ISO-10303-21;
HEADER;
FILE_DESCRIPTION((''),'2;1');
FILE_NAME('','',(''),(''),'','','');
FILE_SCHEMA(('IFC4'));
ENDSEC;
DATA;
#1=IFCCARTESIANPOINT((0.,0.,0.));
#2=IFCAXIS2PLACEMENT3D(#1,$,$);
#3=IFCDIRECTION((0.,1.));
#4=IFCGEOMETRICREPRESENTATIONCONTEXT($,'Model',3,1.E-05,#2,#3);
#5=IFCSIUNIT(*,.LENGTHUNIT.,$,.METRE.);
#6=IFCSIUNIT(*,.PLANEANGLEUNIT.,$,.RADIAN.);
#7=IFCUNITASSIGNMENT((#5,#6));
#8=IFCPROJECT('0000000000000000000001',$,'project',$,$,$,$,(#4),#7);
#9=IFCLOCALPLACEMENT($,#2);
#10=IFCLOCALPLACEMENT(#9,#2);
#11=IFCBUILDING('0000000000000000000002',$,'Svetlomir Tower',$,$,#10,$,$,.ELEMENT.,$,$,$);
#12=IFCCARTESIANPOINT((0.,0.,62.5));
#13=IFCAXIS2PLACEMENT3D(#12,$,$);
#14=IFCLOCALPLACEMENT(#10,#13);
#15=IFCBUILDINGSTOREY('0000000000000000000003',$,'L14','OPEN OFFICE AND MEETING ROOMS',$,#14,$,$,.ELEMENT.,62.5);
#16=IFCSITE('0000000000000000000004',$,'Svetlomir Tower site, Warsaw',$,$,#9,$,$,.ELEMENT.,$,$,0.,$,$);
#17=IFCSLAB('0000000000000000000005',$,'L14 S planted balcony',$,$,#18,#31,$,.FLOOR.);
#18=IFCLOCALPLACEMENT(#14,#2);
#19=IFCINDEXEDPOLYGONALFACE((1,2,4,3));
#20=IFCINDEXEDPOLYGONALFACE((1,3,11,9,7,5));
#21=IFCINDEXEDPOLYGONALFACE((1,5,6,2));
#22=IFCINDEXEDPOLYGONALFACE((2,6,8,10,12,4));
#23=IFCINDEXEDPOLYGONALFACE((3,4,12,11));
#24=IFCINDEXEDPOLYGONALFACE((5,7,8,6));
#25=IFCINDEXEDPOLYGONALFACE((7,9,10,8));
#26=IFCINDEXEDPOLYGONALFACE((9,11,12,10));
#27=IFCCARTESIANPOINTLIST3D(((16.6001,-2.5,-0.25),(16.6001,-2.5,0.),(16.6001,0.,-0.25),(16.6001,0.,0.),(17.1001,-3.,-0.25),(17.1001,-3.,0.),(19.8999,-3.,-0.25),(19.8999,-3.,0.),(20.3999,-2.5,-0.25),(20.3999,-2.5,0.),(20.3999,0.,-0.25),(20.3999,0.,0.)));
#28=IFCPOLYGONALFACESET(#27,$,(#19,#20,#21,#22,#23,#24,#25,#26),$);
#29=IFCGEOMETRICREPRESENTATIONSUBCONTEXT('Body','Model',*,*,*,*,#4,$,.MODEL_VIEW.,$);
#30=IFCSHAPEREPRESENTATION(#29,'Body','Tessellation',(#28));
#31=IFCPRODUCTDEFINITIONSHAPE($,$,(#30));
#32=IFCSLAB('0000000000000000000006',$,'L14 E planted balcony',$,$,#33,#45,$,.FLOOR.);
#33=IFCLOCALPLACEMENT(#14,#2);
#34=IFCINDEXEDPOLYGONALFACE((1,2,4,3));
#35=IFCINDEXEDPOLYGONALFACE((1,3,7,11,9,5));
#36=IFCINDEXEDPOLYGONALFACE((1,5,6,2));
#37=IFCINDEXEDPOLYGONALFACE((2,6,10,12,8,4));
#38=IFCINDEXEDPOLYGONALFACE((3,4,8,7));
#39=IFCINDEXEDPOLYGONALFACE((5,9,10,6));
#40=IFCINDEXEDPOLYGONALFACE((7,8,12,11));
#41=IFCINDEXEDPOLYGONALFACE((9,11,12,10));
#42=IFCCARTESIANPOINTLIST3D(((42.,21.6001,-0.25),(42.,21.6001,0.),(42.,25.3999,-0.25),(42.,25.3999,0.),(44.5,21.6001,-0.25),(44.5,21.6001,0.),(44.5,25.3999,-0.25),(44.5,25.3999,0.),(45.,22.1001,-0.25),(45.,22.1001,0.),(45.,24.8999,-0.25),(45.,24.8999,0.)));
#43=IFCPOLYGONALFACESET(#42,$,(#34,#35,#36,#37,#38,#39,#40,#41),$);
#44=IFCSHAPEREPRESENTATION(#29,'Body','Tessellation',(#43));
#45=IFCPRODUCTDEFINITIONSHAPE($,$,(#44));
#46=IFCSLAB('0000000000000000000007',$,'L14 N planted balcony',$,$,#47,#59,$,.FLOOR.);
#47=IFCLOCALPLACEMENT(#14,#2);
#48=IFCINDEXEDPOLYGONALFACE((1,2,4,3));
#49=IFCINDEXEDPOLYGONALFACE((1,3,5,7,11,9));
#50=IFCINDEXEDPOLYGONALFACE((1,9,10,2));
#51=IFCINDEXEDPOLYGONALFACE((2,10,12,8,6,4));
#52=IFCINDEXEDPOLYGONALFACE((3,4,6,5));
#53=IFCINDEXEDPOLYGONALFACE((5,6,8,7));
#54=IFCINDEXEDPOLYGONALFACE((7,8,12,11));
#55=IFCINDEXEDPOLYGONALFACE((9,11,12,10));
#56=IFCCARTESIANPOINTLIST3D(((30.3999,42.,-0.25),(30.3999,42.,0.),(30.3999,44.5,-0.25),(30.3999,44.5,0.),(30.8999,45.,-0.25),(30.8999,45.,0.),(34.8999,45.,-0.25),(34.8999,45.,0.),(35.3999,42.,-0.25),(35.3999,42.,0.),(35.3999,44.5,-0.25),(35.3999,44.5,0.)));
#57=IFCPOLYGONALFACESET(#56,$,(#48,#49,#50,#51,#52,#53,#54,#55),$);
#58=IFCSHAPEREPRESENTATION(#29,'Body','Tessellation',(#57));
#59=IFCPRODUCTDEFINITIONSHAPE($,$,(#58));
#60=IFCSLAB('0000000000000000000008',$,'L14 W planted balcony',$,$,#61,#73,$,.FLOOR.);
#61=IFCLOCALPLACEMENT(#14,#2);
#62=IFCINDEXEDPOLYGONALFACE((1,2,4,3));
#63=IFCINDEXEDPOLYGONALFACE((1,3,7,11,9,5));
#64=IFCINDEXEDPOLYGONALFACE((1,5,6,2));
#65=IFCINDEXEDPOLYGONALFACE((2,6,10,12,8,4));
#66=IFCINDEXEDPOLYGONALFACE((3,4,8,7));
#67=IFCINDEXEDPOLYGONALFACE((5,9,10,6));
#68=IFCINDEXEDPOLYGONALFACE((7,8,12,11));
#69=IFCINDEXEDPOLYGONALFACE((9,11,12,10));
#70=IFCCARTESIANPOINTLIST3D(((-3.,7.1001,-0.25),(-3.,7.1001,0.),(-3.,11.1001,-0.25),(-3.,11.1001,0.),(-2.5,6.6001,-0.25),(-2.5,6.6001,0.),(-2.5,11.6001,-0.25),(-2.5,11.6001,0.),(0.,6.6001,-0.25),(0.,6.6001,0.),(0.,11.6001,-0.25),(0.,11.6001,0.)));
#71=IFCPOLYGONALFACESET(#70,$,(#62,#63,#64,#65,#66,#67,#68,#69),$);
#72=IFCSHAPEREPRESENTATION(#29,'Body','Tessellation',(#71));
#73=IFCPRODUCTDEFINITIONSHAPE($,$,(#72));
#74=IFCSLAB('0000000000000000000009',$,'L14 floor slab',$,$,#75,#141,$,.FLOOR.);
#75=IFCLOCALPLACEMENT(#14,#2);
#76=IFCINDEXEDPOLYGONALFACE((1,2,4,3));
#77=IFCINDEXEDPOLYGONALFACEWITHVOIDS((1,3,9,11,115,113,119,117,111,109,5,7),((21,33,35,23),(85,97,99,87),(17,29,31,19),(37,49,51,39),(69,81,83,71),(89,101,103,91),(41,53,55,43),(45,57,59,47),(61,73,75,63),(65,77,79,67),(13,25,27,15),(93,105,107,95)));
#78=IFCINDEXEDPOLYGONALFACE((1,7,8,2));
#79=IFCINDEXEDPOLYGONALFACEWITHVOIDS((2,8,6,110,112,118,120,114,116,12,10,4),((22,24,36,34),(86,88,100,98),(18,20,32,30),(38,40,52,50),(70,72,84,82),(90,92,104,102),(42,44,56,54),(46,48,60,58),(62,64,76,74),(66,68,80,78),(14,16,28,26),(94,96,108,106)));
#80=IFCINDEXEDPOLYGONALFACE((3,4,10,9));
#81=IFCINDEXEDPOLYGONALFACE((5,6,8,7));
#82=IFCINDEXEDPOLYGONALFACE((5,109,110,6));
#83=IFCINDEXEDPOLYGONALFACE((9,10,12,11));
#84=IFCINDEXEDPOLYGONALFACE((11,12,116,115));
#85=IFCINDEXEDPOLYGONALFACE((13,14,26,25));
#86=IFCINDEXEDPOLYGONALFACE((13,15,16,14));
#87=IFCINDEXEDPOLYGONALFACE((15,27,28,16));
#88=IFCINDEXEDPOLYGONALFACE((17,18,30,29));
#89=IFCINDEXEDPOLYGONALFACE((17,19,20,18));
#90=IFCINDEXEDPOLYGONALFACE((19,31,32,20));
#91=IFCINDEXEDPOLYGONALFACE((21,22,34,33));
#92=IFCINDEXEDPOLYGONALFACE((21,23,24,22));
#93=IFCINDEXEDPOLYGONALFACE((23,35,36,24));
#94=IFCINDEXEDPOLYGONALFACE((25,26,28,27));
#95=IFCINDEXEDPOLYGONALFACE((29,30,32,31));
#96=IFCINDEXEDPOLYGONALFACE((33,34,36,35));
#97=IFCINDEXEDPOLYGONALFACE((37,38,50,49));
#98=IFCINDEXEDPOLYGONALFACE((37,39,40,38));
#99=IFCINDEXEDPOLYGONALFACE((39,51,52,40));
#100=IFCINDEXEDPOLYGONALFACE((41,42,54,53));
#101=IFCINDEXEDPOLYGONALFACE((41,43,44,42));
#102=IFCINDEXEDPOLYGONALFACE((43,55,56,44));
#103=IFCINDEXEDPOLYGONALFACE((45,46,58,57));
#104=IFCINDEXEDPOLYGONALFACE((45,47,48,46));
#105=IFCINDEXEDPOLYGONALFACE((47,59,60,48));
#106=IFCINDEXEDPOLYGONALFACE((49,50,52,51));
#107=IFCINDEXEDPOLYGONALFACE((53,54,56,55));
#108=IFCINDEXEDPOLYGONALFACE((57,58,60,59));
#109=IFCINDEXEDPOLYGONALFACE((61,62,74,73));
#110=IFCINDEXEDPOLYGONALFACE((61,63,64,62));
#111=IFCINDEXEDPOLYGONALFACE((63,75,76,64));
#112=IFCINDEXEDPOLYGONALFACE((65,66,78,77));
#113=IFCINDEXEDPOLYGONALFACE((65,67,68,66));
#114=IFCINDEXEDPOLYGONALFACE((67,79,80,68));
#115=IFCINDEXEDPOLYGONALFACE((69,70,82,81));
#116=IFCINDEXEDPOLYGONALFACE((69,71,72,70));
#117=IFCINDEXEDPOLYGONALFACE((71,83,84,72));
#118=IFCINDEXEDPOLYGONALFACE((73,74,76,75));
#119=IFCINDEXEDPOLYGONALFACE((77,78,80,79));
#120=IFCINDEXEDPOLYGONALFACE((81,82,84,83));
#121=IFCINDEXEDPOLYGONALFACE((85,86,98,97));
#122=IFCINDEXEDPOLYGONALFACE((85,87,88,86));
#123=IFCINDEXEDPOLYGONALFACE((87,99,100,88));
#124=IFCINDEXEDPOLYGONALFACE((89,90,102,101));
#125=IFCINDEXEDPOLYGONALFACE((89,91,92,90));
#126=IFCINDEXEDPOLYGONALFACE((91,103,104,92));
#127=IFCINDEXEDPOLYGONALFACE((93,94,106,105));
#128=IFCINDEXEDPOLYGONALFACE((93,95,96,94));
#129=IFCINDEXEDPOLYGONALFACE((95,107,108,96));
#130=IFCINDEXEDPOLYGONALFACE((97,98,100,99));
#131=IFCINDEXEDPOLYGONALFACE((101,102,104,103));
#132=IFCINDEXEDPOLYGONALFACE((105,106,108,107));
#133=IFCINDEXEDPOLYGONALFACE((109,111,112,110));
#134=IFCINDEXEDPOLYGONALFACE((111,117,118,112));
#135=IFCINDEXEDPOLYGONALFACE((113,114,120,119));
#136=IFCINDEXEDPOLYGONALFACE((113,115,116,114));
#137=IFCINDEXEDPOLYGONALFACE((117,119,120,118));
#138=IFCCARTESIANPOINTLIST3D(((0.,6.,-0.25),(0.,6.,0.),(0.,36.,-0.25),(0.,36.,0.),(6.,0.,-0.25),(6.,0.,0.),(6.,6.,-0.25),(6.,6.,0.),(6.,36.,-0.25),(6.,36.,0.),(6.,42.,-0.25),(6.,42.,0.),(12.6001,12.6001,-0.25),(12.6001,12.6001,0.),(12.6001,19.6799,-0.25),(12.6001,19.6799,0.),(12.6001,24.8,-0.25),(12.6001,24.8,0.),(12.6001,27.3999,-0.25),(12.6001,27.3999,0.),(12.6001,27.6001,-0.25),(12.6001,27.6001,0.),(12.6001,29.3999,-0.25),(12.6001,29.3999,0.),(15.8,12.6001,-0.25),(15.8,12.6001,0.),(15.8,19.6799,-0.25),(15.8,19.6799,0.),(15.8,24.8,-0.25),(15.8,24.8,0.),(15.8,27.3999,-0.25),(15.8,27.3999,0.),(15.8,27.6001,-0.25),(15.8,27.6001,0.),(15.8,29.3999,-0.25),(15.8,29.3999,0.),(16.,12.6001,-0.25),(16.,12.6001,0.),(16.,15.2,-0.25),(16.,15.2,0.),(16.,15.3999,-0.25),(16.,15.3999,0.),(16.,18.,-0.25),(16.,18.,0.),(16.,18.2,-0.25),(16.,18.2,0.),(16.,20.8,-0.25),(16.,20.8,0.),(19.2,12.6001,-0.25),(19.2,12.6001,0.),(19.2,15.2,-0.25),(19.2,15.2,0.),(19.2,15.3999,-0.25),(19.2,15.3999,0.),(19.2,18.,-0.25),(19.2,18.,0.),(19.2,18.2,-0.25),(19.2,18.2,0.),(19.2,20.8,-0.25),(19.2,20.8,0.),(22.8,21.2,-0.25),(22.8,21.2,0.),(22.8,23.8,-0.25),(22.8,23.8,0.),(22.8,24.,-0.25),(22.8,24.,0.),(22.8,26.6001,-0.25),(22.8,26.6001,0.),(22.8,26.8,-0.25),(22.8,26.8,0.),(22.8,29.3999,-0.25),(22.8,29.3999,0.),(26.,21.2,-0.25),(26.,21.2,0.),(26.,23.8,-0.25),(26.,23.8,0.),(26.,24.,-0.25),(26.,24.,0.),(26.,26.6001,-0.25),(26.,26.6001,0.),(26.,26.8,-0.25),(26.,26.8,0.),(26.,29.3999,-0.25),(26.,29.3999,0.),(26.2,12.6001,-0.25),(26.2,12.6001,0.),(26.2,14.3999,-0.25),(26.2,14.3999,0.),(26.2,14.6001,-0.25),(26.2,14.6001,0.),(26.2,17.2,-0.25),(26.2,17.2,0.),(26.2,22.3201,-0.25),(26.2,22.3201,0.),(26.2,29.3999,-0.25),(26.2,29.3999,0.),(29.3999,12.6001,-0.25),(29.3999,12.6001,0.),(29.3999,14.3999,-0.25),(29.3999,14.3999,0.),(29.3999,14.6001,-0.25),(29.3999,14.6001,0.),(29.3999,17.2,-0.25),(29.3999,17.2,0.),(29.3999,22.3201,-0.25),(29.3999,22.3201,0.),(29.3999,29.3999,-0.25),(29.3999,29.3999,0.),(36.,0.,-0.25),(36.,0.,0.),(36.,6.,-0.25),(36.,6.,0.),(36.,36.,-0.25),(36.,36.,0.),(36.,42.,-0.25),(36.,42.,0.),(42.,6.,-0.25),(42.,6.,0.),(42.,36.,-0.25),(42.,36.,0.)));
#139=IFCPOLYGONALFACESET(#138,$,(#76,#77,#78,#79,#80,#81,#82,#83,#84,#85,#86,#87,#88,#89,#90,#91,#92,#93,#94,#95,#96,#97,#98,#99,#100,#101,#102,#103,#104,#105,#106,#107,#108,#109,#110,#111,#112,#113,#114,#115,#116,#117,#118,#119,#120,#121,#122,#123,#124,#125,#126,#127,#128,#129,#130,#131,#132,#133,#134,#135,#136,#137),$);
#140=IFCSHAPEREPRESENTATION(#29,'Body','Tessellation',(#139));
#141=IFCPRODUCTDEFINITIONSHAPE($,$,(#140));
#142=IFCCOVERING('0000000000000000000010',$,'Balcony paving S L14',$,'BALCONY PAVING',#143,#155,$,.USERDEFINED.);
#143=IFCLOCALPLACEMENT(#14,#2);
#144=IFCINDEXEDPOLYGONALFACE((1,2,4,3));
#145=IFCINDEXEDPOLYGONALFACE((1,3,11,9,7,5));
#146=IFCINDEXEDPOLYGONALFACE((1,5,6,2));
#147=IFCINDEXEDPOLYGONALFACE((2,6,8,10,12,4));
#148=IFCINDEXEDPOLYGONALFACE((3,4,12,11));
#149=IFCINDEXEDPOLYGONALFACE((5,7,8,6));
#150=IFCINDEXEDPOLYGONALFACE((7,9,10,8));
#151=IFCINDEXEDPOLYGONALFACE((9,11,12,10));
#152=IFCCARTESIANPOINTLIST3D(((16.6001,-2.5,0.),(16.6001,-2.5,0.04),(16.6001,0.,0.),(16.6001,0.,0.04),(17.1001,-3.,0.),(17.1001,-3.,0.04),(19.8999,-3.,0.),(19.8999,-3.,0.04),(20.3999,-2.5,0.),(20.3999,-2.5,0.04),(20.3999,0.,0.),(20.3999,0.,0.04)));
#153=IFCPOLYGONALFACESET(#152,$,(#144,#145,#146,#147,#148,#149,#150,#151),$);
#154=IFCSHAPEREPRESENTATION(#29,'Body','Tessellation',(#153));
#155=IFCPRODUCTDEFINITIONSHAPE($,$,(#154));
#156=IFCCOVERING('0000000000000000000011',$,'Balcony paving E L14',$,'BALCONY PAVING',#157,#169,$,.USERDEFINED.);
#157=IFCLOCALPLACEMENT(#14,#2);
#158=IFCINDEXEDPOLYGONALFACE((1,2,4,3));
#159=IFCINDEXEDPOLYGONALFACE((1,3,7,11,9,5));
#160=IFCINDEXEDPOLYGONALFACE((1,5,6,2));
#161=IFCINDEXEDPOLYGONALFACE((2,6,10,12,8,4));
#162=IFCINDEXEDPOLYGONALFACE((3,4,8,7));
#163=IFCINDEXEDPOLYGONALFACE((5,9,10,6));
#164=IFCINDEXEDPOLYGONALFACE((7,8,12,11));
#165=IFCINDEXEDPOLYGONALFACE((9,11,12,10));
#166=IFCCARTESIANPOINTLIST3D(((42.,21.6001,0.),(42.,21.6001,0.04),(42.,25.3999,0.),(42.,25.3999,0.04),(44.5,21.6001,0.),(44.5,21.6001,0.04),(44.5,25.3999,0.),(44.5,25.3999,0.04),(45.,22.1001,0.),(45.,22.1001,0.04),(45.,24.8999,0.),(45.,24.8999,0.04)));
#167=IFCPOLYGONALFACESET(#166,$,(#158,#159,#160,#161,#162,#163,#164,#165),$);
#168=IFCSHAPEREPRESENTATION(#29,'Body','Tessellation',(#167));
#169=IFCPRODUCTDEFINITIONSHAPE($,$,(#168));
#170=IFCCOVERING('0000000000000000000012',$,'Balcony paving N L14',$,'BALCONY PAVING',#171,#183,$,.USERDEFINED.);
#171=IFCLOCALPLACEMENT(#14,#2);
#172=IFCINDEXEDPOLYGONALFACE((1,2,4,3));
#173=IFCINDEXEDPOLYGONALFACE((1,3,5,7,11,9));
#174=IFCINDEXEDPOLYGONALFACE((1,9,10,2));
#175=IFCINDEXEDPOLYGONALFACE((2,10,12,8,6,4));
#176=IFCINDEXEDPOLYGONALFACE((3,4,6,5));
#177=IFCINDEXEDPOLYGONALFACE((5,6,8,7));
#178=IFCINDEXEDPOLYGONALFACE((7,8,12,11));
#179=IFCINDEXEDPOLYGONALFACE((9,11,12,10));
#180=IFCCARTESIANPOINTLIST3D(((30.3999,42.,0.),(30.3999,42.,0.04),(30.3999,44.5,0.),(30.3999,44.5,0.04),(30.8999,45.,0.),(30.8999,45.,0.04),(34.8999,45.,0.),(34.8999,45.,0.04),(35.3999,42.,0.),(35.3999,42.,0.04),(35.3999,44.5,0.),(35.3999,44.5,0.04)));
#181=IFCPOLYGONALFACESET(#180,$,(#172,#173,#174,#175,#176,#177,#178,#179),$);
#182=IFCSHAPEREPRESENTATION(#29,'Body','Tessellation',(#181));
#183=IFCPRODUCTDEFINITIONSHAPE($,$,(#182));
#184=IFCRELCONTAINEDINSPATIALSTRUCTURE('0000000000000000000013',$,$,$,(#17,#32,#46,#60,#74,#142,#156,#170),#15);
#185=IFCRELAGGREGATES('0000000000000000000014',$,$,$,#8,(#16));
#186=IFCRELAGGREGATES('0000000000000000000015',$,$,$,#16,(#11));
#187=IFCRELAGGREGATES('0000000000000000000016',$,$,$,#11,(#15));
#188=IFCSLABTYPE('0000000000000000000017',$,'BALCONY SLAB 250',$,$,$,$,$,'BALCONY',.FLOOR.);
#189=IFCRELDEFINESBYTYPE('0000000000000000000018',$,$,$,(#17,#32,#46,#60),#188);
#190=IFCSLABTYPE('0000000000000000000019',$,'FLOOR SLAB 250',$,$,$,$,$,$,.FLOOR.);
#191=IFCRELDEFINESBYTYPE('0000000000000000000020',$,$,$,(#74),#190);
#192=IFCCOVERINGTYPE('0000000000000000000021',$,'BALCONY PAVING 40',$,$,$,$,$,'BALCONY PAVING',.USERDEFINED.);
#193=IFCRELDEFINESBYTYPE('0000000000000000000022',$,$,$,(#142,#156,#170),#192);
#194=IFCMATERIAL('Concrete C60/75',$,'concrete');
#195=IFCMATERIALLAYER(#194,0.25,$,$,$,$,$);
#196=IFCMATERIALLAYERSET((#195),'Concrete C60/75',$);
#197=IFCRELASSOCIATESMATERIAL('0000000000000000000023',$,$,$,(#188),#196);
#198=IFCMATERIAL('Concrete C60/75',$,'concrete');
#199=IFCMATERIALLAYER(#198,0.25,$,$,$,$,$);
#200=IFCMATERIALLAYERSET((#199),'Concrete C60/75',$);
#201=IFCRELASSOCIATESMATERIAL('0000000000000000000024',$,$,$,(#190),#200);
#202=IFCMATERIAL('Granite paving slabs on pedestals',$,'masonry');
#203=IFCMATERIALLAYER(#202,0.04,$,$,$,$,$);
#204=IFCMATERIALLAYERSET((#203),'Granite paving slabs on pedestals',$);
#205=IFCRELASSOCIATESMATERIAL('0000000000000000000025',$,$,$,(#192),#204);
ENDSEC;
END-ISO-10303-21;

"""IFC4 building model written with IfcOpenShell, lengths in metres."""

from ifc_helpers import new_model, si_unit, direction, frame, origin, place, context, subcontext, project, spatial, polyline, outline, extrude, material, layer, layer_set, type_object, element, save


model = new_model("IFC4")

# Units and contexts
model_context = context("Model", 3, precision=1e-05, world=origin(), true_north=direction((0.0, 1.0)))
body_context = subcontext(model_context, "Body", "Model", "MODEL_VIEW")
ifc_project = project(units=[si_unit("LENGTHUNIT", "METRE"), si_unit("PLANEANGLEUNIT", "RADIAN")], contexts=[model_context])

# Site, building, storey
site_placement = place(None, origin())
site = spatial("IfcSite", under=ifc_project, at=site_placement, Name="Svetlomir Tower site, Warsaw", CompositionType="ELEMENT", RefElevation=0.0)
building_placement = place(site_placement, origin())
building = spatial("IfcBuilding", under=site, at=building_placement, Name="Svetlomir Tower", CompositionType="ELEMENT")
storey_placement = place(building_placement, frame((0.0, 0.0, 62.5)))
storey = spatial("IfcBuildingStorey", under=building, at=storey_placement, Name="L14", Description="OPEN OFFICE AND MEETING ROOMS", CompositionType="ELEMENT", Elevation=62.5)

# Slabs
ifc_material_1 = material(Name="Concrete C60/75", Category="concrete")
ifc_layer_1 = layer(ifc_material_1, 0.25)
ifc_layer_set_1 = layer_set([ifc_layer_1], Name="Concrete C60/75")
slab_type_1 = type_object("IfcSlabType", Name="BALCONY SLAB 250", ElementType="BALCONY", PredefinedType="FLOOR", material=ifc_layer_set_1)
slab_1_placement = place(storey_placement, frame((0.0, 0.0, -0.25)))
element("IfcSlab", 1, at=slab_1_placement, inside=storey, type_object=slab_type_1, Name="L14 S planted balcony", PredefinedType="FLOOR", context=body_context, shape_type="SweptSolid", body=[
    extrude(outline(polyline([(16.6001, -2.5), (17.1001, -3.0), (19.8999, -3.0), (20.3999, -2.5), (20.3999, 0.0), (16.6001, 0.0), (16.6001, -2.5)])), origin(), (0.0, 0.0, 1.0), 0.25),
])
slab_2_placement = place(storey_placement, frame((0.0, 0.0, -0.25)))
element("IfcSlab", 2, at=slab_2_placement, inside=storey, type_object=slab_type_1, Name="L14 E planted balcony", PredefinedType="FLOOR", context=body_context, shape_type="SweptSolid", body=[
    extrude(outline(polyline([(42.0, 21.6001), (44.5, 21.6001), (45.0, 22.1001), (45.0, 24.8999), (44.5, 25.3999), (42.0, 25.3999), (42.0, 21.6001)])), origin(), (0.0, 0.0, 1.0), 0.25),
])
slab_3_placement = place(storey_placement, frame((0.0, 0.0, -0.25)))
element("IfcSlab", 3, at=slab_3_placement, inside=storey, type_object=slab_type_1, Name="L14 N planted balcony", PredefinedType="FLOOR", context=body_context, shape_type="SweptSolid", body=[
    extrude(outline(polyline([(30.3999, 42.0), (35.3999, 42.0), (35.3999, 44.5), (34.8999, 45.0), (30.8999, 45.0), (30.3999, 44.5), (30.3999, 42.0)])), origin(), (0.0, 0.0, 1.0), 0.25),
])
slab_4_placement = place(storey_placement, frame((0.0, 0.0, -0.25)))
element("IfcSlab", 4, at=slab_4_placement, inside=storey, type_object=slab_type_1, Name="L14 W planted balcony", PredefinedType="FLOOR", context=body_context, shape_type="SweptSolid", body=[
    extrude(outline(polyline([(-2.5, 6.6001), (0.0, 6.6001), (0.0, 11.6001), (-2.5, 11.6001), (-3.0, 11.1001), (-3.0, 7.1001), (-2.5, 6.6001)])), origin(), (0.0, 0.0, 1.0), 0.25),
])
ifc_material_2 = material(Name="Concrete C60/75", Category="concrete")
ifc_layer_2 = layer(ifc_material_2, 0.25)
ifc_layer_set_2 = layer_set([ifc_layer_2], Name="Concrete C60/75")
slab_type_2 = type_object("IfcSlabType", Name="FLOOR SLAB 250", PredefinedType="FLOOR", material=ifc_layer_set_2)
slab_5_placement = place(storey_placement, frame((0.0, 0.0, -0.25)))
element("IfcSlab", 5, at=slab_5_placement, inside=storey, type_object=slab_type_2, Name="L14 floor slab", PredefinedType="FLOOR", context=body_context, shape_type="SweptSolid", body=[
    extrude(outline(polyline([(6.0, 0.0), (36.0, 0.0), (36.0, 6.0), (42.0, 6.0), (42.0, 36.0), (36.0, 36.0), (36.0, 42.0), (6.0, 42.0), (6.0, 36.0), (0.0, 36.0), (0.0, 6.0), (6.0, 6.0), (6.0, 0.0)]), holes=[polyline([(12.6001, 24.8), (15.8, 24.8), (15.8, 27.3999), (12.6001, 27.3999), (12.6001, 24.8)]), polyline([(26.2, 14.6001), (29.3999, 14.6001), (29.3999, 17.2), (26.2, 17.2), (26.2, 14.6001)]), polyline([(16.0, 12.6001), (19.2, 12.6001), (19.2, 15.2), (16.0, 15.2), (16.0, 12.6001)]), polyline([(16.0, 15.3999), (19.2, 15.3999), (19.2, 18.0), (16.0, 18.0), (16.0, 15.3999)]), polyline([(16.0, 18.2), (19.2, 18.2), (19.2, 20.8), (16.0, 20.8), (16.0, 18.2)]), polyline([(22.8, 21.2), (26.0, 21.2), (26.0, 23.8), (22.8, 23.8), (22.8, 21.2)]), polyline([(22.8, 24.0), (26.0, 24.0), (26.0, 26.6001), (22.8, 26.6001), (22.8, 24.0)]), polyline([(22.8, 26.8), (26.0, 26.8), (26.0, 29.3999), (22.8, 29.3999), (22.8, 26.8)]), polyline([(12.6001, 27.6001), (15.8, 27.6001), (15.8, 29.3999), (12.6001, 29.3999), (12.6001, 27.6001)]), polyline([(26.2, 12.6001), (29.3999, 12.6001), (29.3999, 14.3999), (26.2, 14.3999), (26.2, 12.6001)]), polyline([(12.6001, 12.6001), (15.8, 12.6001), (15.8, 19.6799), (12.6001, 19.6799), (12.6001, 12.6001)]), polyline([(26.2, 22.3201), (29.3999, 22.3201), (29.3999, 29.3999), (26.2, 29.3999), (26.2, 22.3201)])]), origin(), (0.0, 0.0, 1.0), 0.25),
])

# Coverings
ifc_material_3 = material(Name="Granite paving slabs on pedestals", Category="masonry")
ifc_layer_3 = layer(ifc_material_3, 0.04)
ifc_layer_set_3 = layer_set([ifc_layer_3], Name="Granite paving slabs on pedestals")
covering_type_1 = type_object("IfcCoveringType", Name="BALCONY PAVING 40", ElementType="BALCONY PAVING", PredefinedType="USERDEFINED", material=ifc_layer_set_3)
covering_1_placement = place(storey_placement, origin())
element("IfcCovering", 6, at=covering_1_placement, inside=storey, type_object=covering_type_1, Name="Balcony paving S L14", ObjectType="BALCONY PAVING", PredefinedType="USERDEFINED", context=body_context, shape_type="SweptSolid", body=[
    extrude(outline(polyline([(16.6001, -2.5), (17.1001, -3.0), (19.8999, -3.0), (20.3999, -2.5), (20.3999, 0.0), (16.6001, 0.0), (16.6001, -2.5)])), origin(), (0.0, 0.0, 1.0), 0.04),
])
covering_2_placement = place(storey_placement, origin())
element("IfcCovering", 7, at=covering_2_placement, inside=storey, type_object=covering_type_1, Name="Balcony paving E L14", ObjectType="BALCONY PAVING", PredefinedType="USERDEFINED", context=body_context, shape_type="SweptSolid", body=[
    extrude(outline(polyline([(42.0, 21.6001), (44.5, 21.6001), (45.0, 22.1001), (45.0, 24.8999), (44.5, 25.3999), (42.0, 25.3999), (42.0, 21.6001)])), origin(), (0.0, 0.0, 1.0), 0.04),
])
covering_3_placement = place(storey_placement, origin())
element("IfcCovering", 8, at=covering_3_placement, inside=storey, type_object=covering_type_1, Name="Balcony paving N L14", ObjectType="BALCONY PAVING", PredefinedType="USERDEFINED", context=body_context, shape_type="SweptSolid", body=[
    extrude(outline(polyline([(30.3999, 42.0), (35.3999, 42.0), (35.3999, 44.5), (34.8999, 45.0), (30.8999, 45.0), (30.3999, 44.5), (30.3999, 42.0)])), origin(), (0.0, 0.0, 1.0), 0.04),
])

save(model, "model.ifc")
